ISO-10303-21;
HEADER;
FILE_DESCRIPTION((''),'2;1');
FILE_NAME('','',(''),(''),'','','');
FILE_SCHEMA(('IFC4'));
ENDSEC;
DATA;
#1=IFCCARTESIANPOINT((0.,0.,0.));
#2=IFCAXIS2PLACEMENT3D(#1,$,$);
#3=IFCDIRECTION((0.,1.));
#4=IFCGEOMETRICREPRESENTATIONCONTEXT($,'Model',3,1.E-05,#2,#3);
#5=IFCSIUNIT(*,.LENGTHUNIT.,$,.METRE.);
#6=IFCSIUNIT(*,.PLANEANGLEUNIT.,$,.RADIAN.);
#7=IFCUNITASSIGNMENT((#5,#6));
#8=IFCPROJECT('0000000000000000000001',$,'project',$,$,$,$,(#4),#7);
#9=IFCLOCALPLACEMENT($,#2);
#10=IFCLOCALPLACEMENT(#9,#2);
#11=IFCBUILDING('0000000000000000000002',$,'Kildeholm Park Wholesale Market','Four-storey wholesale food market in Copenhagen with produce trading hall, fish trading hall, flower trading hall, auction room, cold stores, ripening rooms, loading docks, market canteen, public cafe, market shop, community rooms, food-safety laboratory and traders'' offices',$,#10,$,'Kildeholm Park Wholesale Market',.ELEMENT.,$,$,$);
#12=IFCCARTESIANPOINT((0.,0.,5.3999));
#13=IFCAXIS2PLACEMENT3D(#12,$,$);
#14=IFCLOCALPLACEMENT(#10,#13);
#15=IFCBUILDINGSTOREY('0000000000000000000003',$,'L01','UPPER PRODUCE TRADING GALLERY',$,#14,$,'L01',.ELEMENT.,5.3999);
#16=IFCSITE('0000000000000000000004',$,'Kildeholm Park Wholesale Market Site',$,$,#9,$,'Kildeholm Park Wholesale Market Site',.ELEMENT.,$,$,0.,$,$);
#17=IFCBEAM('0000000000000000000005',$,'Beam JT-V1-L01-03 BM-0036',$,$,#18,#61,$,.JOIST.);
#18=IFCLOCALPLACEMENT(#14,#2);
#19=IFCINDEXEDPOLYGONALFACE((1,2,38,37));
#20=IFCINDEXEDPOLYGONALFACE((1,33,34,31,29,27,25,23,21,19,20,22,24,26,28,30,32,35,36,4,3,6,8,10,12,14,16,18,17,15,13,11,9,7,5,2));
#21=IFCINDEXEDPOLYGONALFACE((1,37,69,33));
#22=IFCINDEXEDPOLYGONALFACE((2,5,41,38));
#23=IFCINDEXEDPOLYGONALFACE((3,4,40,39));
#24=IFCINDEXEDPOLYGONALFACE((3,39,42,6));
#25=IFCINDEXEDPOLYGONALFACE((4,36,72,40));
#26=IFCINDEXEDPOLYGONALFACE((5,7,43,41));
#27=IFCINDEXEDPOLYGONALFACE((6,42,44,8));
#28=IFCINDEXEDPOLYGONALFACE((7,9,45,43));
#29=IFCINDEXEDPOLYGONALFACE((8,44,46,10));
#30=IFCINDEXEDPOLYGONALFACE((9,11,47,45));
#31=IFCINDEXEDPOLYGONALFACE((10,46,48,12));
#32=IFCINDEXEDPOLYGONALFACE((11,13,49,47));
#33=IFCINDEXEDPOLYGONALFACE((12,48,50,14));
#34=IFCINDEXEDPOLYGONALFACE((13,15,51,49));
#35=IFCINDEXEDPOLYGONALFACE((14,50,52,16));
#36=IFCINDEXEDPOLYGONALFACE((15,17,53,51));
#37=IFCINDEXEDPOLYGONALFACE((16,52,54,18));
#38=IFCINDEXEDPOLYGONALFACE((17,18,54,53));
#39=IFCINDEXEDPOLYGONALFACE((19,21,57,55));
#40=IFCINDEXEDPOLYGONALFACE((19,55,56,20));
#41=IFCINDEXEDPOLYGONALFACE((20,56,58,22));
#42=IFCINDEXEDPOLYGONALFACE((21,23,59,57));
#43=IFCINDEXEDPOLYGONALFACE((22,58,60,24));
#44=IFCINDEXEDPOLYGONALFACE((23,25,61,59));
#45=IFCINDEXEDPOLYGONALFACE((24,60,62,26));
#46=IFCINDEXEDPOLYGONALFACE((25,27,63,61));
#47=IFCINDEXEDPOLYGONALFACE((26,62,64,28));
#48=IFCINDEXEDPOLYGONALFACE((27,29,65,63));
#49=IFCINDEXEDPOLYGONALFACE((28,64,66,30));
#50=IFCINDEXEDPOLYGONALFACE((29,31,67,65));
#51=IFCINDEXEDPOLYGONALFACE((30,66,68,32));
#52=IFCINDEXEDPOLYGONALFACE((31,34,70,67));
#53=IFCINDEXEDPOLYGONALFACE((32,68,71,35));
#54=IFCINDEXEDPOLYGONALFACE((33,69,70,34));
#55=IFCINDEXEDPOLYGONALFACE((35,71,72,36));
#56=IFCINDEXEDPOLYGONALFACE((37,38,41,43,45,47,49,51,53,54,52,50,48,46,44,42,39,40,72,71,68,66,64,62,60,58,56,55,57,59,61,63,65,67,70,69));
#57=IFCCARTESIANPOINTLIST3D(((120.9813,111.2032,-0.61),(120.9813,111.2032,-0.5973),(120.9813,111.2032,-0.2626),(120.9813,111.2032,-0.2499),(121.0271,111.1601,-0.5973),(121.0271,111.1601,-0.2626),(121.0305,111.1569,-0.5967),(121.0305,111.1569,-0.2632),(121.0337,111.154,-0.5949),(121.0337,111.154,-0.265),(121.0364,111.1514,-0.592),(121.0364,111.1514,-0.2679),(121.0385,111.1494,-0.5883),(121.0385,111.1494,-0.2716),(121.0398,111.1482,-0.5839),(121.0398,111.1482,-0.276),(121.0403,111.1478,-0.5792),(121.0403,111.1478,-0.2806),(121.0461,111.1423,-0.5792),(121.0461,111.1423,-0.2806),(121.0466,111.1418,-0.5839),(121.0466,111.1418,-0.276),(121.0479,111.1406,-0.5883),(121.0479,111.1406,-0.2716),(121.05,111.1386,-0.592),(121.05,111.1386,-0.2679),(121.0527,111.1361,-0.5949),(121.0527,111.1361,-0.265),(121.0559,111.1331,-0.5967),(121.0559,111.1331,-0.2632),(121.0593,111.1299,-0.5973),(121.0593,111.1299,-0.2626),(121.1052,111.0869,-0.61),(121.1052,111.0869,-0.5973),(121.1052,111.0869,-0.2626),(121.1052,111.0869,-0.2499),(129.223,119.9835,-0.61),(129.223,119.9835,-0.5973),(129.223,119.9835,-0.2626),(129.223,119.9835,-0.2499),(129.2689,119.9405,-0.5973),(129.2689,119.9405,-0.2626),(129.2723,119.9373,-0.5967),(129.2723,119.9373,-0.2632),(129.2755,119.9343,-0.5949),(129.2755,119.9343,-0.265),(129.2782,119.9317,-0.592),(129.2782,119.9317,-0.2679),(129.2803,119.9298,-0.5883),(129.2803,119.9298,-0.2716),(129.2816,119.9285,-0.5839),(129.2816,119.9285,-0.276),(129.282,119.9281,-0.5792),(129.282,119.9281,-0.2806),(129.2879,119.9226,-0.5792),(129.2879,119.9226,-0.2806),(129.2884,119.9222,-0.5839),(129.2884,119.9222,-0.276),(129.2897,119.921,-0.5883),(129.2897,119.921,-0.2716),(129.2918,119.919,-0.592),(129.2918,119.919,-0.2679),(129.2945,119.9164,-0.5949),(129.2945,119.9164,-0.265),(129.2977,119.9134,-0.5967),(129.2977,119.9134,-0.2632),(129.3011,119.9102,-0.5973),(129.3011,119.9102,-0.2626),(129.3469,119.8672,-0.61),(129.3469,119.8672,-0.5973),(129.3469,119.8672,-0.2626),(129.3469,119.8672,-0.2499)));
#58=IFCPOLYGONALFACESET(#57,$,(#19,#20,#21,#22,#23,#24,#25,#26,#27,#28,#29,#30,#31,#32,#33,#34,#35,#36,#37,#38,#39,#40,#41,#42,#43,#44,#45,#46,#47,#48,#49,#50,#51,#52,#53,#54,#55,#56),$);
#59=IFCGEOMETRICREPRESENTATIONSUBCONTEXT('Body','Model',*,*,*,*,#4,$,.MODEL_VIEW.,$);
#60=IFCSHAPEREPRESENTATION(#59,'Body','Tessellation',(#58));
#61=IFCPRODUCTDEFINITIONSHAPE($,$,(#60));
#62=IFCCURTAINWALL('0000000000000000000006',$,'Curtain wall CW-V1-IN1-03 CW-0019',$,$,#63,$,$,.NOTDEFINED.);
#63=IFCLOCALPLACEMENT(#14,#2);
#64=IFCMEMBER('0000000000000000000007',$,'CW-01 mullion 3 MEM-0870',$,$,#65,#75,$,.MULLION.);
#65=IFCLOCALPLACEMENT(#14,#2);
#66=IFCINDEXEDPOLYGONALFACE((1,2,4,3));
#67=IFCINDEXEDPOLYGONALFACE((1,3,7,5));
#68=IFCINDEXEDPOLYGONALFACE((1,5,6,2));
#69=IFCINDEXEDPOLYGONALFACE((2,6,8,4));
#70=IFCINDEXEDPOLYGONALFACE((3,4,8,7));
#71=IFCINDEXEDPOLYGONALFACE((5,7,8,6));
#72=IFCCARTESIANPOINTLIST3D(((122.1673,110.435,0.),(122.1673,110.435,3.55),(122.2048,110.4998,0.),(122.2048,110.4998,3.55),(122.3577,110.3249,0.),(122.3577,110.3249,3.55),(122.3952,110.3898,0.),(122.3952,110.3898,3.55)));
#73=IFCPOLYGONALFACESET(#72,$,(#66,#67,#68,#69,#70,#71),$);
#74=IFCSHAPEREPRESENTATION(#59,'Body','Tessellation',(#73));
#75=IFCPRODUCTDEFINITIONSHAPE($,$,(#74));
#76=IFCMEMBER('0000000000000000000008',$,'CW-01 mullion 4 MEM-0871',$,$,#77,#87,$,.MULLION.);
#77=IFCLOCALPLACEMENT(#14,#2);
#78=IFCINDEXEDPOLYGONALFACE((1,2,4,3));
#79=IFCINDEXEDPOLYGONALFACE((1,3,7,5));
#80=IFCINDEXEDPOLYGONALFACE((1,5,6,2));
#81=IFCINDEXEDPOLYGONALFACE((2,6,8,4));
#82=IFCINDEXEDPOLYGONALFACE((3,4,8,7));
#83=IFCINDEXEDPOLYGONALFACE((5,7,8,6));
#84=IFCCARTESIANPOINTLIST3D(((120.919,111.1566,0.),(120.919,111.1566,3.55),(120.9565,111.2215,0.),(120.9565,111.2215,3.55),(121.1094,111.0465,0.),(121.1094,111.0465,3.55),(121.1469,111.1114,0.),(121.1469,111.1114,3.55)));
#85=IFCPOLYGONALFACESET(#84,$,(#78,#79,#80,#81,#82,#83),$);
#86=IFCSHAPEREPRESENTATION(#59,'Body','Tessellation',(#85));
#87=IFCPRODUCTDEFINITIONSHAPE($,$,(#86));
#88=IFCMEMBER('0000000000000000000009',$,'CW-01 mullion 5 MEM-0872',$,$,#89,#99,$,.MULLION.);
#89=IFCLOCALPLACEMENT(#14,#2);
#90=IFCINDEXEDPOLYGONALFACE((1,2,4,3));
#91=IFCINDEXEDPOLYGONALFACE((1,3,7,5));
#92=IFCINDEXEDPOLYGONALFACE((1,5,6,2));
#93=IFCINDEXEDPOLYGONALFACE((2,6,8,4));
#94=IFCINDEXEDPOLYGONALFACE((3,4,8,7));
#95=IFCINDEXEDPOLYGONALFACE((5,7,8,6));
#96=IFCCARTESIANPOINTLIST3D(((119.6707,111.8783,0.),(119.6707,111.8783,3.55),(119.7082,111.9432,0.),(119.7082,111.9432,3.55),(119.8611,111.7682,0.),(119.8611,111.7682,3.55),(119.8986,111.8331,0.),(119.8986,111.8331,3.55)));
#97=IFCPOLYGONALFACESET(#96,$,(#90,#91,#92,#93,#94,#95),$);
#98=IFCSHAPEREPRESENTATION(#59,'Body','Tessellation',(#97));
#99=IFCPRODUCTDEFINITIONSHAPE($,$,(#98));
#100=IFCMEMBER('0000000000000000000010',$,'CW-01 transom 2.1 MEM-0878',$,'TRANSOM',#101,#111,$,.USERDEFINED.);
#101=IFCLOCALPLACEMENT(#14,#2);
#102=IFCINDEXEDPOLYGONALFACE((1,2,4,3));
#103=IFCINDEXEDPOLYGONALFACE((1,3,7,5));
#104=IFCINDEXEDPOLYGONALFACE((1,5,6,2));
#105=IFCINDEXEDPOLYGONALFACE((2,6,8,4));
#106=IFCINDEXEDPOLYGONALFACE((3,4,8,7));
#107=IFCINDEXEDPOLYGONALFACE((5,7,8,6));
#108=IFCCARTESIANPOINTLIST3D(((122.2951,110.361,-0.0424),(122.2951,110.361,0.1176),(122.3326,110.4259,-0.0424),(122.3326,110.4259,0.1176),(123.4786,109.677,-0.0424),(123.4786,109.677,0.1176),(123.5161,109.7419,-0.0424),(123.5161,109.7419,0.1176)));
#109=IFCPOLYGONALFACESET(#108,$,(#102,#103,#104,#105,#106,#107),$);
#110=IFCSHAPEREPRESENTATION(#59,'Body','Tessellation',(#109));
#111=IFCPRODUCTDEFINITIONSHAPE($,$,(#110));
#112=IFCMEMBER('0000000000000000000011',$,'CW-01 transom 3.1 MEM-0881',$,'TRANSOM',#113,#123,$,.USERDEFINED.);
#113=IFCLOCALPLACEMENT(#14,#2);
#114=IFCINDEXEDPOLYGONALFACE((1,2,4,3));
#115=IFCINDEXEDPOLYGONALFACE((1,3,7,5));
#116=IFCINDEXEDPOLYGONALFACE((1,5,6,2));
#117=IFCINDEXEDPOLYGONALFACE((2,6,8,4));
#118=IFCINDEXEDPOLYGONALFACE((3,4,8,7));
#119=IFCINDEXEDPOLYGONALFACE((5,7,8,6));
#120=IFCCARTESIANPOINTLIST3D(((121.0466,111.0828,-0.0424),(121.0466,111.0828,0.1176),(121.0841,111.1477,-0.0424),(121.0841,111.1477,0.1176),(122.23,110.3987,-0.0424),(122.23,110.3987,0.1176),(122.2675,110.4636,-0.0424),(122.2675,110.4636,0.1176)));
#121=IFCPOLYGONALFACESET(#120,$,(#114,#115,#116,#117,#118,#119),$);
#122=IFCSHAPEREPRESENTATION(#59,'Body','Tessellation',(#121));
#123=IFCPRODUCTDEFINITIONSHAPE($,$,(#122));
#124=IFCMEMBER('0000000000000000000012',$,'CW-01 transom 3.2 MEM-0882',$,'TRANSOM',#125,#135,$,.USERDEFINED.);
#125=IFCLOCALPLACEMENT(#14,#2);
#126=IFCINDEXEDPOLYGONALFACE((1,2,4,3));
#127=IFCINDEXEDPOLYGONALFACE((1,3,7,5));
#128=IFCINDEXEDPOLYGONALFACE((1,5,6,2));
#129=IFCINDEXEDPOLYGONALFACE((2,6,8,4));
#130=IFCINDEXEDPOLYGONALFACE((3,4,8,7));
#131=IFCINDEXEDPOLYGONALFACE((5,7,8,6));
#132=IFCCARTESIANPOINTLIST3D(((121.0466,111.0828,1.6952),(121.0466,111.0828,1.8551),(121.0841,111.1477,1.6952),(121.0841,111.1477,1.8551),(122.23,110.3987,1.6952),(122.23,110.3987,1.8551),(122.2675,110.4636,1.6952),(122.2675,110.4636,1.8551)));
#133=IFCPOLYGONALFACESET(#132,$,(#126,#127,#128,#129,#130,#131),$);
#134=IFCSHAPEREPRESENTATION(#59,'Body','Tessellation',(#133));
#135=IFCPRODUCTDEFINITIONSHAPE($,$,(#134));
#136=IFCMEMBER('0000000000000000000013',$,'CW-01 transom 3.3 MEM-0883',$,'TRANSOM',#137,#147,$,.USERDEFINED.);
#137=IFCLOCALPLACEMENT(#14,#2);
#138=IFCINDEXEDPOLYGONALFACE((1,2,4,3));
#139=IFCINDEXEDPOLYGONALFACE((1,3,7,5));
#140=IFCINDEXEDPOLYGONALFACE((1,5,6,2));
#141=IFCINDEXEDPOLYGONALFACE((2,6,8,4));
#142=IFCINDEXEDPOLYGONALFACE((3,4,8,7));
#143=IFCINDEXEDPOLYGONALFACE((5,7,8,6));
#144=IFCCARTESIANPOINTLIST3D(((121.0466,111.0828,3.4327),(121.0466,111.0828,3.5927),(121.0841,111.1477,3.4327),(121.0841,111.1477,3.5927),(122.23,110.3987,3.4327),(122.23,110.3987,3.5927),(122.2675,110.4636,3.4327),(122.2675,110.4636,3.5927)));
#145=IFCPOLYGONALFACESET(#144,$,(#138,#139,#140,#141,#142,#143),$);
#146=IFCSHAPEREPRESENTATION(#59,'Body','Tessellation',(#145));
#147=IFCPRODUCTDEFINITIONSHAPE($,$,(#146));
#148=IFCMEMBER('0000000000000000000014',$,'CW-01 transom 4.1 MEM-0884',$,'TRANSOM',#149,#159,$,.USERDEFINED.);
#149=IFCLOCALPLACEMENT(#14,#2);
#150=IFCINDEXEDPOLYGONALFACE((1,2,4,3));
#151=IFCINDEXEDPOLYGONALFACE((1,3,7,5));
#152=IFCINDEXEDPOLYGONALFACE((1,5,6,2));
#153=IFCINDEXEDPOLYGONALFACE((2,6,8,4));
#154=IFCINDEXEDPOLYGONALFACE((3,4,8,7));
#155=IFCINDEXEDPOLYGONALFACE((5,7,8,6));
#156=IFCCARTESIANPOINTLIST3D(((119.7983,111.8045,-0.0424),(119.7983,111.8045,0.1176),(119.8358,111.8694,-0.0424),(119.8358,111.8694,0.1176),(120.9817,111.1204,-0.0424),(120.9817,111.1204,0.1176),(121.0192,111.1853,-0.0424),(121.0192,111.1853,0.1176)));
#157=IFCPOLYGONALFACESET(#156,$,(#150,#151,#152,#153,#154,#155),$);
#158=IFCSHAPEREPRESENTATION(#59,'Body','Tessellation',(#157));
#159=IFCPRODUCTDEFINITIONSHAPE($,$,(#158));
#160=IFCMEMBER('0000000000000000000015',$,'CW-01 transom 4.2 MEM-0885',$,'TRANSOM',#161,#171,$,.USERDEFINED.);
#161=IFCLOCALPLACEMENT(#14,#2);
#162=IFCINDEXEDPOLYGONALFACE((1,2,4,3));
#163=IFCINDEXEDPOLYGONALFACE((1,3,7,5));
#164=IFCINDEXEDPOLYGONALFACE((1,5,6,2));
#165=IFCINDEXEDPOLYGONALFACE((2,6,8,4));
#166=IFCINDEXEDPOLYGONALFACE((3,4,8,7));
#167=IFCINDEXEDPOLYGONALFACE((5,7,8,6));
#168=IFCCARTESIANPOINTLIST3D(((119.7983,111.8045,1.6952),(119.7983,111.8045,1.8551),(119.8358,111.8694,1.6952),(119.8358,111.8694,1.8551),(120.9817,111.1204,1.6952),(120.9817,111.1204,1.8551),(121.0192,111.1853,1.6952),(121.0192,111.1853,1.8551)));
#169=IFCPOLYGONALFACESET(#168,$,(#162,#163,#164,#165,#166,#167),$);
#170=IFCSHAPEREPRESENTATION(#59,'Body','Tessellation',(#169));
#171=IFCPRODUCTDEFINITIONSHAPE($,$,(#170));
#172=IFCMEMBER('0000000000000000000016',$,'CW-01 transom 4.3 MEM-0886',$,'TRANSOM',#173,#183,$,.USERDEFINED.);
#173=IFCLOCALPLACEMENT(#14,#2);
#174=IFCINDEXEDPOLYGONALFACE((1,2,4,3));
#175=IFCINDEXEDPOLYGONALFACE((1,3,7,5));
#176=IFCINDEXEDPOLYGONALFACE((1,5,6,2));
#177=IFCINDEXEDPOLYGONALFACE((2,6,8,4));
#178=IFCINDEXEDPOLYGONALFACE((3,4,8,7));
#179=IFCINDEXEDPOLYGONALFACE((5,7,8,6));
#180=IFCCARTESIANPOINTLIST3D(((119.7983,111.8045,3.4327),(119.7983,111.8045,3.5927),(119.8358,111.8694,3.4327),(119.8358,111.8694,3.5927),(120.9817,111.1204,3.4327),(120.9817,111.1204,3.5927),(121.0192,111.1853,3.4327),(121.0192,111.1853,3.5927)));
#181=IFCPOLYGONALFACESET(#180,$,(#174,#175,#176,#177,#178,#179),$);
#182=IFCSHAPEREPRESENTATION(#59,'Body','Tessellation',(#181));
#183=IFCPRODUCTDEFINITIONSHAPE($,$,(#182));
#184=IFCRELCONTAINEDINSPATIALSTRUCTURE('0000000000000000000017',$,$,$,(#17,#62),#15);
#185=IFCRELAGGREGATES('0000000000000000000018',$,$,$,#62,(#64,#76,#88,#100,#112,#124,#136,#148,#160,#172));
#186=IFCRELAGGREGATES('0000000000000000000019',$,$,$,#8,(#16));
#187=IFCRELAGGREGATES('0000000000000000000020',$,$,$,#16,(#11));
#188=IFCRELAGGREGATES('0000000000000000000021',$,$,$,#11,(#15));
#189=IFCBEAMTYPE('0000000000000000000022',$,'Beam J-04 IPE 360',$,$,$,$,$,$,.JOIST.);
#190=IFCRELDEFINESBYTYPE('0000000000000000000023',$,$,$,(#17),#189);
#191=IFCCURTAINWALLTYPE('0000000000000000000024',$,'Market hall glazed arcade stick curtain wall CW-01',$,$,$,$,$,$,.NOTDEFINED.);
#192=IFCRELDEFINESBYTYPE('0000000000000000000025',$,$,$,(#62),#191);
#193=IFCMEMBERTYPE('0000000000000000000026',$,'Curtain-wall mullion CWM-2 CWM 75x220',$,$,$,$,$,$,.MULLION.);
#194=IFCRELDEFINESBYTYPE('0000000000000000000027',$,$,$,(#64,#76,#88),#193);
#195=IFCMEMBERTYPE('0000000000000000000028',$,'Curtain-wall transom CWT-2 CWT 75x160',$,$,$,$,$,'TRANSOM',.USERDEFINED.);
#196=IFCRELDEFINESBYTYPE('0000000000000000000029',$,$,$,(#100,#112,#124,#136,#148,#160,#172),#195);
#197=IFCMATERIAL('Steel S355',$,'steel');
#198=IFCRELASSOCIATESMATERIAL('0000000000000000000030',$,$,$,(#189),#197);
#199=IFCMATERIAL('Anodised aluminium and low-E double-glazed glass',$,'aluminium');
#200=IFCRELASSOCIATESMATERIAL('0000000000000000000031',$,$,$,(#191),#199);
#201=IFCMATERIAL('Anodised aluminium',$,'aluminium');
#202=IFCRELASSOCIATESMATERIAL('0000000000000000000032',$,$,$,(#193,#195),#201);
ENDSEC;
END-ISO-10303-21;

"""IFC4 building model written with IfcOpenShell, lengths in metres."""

from ifc_helpers import new_model, si_unit, direction, frame, origin, origin_2d, place, context, subcontext, project, spatial, rectangle, i_section, extrude, material, material_profile, profile_set, type_object, element, aggregate, save


model = new_model("IFC4")

# Units and contexts
model_context = context("Model", 3, precision=1e-05, world=origin(), true_north=direction((0.0, 1.0)))
body_context = subcontext(model_context, "Body", "Model", "MODEL_VIEW")
ifc_project = project(units=[si_unit("LENGTHUNIT", "METRE"), si_unit("PLANEANGLEUNIT", "RADIAN")], contexts=[model_context])

# Site, building, storey
site_placement = place(None, origin())
site = spatial("IfcSite", under=ifc_project, at=site_placement, Name="Kildeholm Park Wholesale Market Site", LongName="Kildeholm Park Wholesale Market Site", CompositionType="ELEMENT", RefElevation=0.0)
building_placement = place(site_placement, origin())
building = spatial("IfcBuilding", under=site, at=building_placement, Name="Kildeholm Park Wholesale Market", Description="Four-storey wholesale food market in Copenhagen with produce trading hall, fish trading hall, flower trading hall, auction room, cold stores, ripening rooms, loading docks, market canteen, public cafe, market shop, community rooms, food-safety laboratory and traders' offices", LongName="Kildeholm Park Wholesale Market", CompositionType="ELEMENT")
storey_placement = place(building_placement, frame((0.0, 0.0, 5.3999)))
storey = spatial("IfcBuildingStorey", under=building, at=storey_placement, Name="L01", Description="UPPER PRODUCE TRADING GALLERY", LongName="L01", CompositionType="ELEMENT", Elevation=5.3999)

# Beam
ifc_material_1 = material(Name="Steel S355", Category="steel")
ifc_material_profile_1 = material_profile(ifc_material_1, i_section(OverallWidth=0.1699, OverallDepth=0.3601, WebThickness=0.0081, FlangeThickness=0.0127, FilletRadius=0.0181, at=origin_2d()), Name="IPE 360")
ifc_profile_set_1 = profile_set([ifc_material_profile_1], Name="Steel S355")
beam_type = type_object("IfcBeamType", Name="Beam J-04 IPE 360", PredefinedType="JOIST", material=ifc_profile_set_1)
beam_placement = place(storey_placement, frame((121.0432, 111.145, -0.4299), z_axis=(0.684391, 0.729115, 0.0), x_axis=(-0.729115, 0.684391, 0.0)))
element("IfcBeam", 1, at=beam_placement, inside=storey, type_object=beam_type, Name="Beam JT-V1-L01-03 BM-0036", PredefinedType="JOIST", context=body_context, shape_type="SweptSolid", body=[
    extrude(i_section(OverallWidth=0.1699, OverallDepth=0.3601, WebThickness=0.0081, FlangeThickness=0.0127, FilletRadius=0.0181, at=origin_2d()), origin(), (0.0, 0.0, 1.0), 12.0425),
])

# Curtain wall, members
ifc_material_2 = material(Name="Anodised aluminium and low-E double-glazed glass", Category="aluminium")
curtain_wall_type = type_object("IfcCurtainWallType", Name="Market hall glazed arcade stick curtain wall CW-01", PredefinedType="NOTDEFINED", material=ifc_material_2)
curtain_wall_placement = place(storey_placement, origin())
curtain_wall = element("IfcCurtainWall", 2, at=curtain_wall_placement, inside=storey, type_object=curtain_wall_type, Name="Curtain wall CW-V1-IN1-03 CW-0019", PredefinedType="NOTDEFINED")
ifc_material_3 = material(Name="Anodised aluminium", Category="aluminium")
ifc_material_profile_2 = material_profile(ifc_material_3, rectangle(XDim=0.075, YDim=0.22, at=origin_2d()), Name="CWM 75x220")
ifc_profile_set_2 = profile_set([ifc_material_profile_2], Name="Anodised aluminium")
member_type_1 = type_object("IfcMemberType", Name="Curtain-wall mullion CWM-2 CWM 75x220", PredefinedType="MULLION", material=ifc_profile_set_2)
member_1_placement = place(storey_placement, frame((122.2812, 110.4124, 0.0), z_axis=(0.0, 0.0, 1.0), x_axis=(-0.500489, -0.865743, 0.0)))
member_1 = element("IfcMember", 3, at=member_1_placement, type_object=member_type_1, Name="CW-01 mullion 3 MEM-0870", PredefinedType="MULLION", context=body_context, shape_type="SweptSolid", body=[
    extrude(rectangle(XDim=0.075, YDim=0.22, at=origin_2d()), origin(), (0.0, 0.0, 1.0), 3.55),
])
member_2_placement = place(storey_placement, frame((121.033, 111.134, 0.0), z_axis=(0.0, 0.0, 1.0), x_axis=(-0.500489, -0.865743, 0.0)))
member_2 = element("IfcMember", 4, at=member_2_placement, type_object=member_type_1, Name="CW-01 mullion 4 MEM-0871", PredefinedType="MULLION", context=body_context, shape_type="SweptSolid", body=[
    extrude(rectangle(XDim=0.075, YDim=0.22, at=origin_2d()), origin(), (0.0, 0.0, 1.0), 3.55),
])
member_3_placement = place(storey_placement, frame((119.7847, 111.8557, 0.0), z_axis=(0.0, 0.0, 1.0), x_axis=(-0.500489, -0.865743, 0.0)))
member_3 = element("IfcMember", 5, at=member_3_placement, type_object=member_type_1, Name="CW-01 mullion 5 MEM-0872", PredefinedType="MULLION", context=body_context, shape_type="SweptSolid", body=[
    extrude(rectangle(XDim=0.075, YDim=0.22, at=origin_2d()), origin(), (0.0, 0.0, 1.0), 3.55),
])
ifc_material_profile_3 = material_profile(ifc_material_3, rectangle(XDim=0.075, YDim=0.1599, at=origin_2d()), Name="CWT 75x160")
ifc_profile_set_3 = profile_set([ifc_material_profile_3], Name="Anodised aluminium")
member_type_2 = type_object("IfcMemberType", Name="Curtain-wall transom CWT-2 CWT 75x160", ElementType="TRANSOM", PredefinedType="USERDEFINED", material=ifc_profile_set_3)
member_4_placement = place(storey_placement, frame((123.4973, 109.7095, 0.0376), z_axis=(-0.865793, 0.500403, 0.0), x_axis=(-0.500403, -0.865793, 0.0)))
member_4 = element("IfcMember", 6, at=member_4_placement, type_object=member_type_2, Name="CW-01 transom 2.1 MEM-0878", ObjectType="TRANSOM", PredefinedType="USERDEFINED", context=body_context, shape_type="SweptSolid", body=[
    extrude(rectangle(XDim=0.075, YDim=0.1599, at=origin_2d()), origin(), (0.0, 0.0, 1.0), 1.3669),
])
member_5_placement = place(storey_placement, frame((122.2488, 110.4312, 0.0376), z_axis=(-0.865748, 0.50048, 0.0), x_axis=(-0.50048, -0.865748, 0.0)))
member_5 = element("IfcMember", 7, at=member_5_placement, type_object=member_type_2, Name="CW-01 transom 3.1 MEM-0881", ObjectType="TRANSOM", PredefinedType="USERDEFINED", context=body_context, shape_type="SweptSolid", body=[
    extrude(rectangle(XDim=0.075, YDim=0.1599, at=origin_2d()), origin(), (0.0, 0.0, 1.0), 1.3669),
])
member_6_placement = place(storey_placement, frame((122.2488, 110.4312, 1.7751), z_axis=(-0.865748, 0.50048, 0.0), x_axis=(-0.50048, -0.865748, 0.0)))
member_6 = element("IfcMember", 8, at=member_6_placement, type_object=member_type_2, Name="CW-01 transom 3.2 MEM-0882", ObjectType="TRANSOM", PredefinedType="USERDEFINED", context=body_context, shape_type="SweptSolid", body=[
    extrude(rectangle(XDim=0.075, YDim=0.1599, at=origin_2d()), origin(), (0.0, 0.0, 1.0), 1.3669),
])
member_7_placement = place(storey_placement, frame((122.2488, 110.4312, 3.5127), z_axis=(-0.865748, 0.50048, 0.0), x_axis=(-0.50048, -0.865748, 0.0)))
member_7 = element("IfcMember", 9, at=member_7_placement, type_object=member_type_2, Name="CW-01 transom 3.3 MEM-0883", ObjectType="TRANSOM", PredefinedType="USERDEFINED", context=body_context, shape_type="SweptSolid", body=[
    extrude(rectangle(XDim=0.075, YDim=0.1599, at=origin_2d()), origin(), (0.0, 0.0, 1.0), 1.3669),
])
member_8_placement = place(storey_placement, frame((121.0005, 111.1528, 0.0376), z_axis=(-0.865748, 0.50048, 0.0), x_axis=(-0.50048, -0.865748, 0.0)))
member_8 = element("IfcMember", 10, at=member_8_placement, type_object=member_type_2, Name="CW-01 transom 4.1 MEM-0884", ObjectType="TRANSOM", PredefinedType="USERDEFINED", context=body_context, shape_type="SweptSolid", body=[
    extrude(rectangle(XDim=0.075, YDim=0.1599, at=origin_2d()), origin(), (0.0, 0.0, 1.0), 1.3669),
])
member_9_placement = place(storey_placement, frame((121.0005, 111.1528, 1.7751), z_axis=(-0.865748, 0.50048, 0.0), x_axis=(-0.50048, -0.865748, 0.0)))
member_9 = element("IfcMember", 11, at=member_9_placement, type_object=member_type_2, Name="CW-01 transom 4.2 MEM-0885", ObjectType="TRANSOM", PredefinedType="USERDEFINED", context=body_context, shape_type="SweptSolid", body=[
    extrude(rectangle(XDim=0.075, YDim=0.1599, at=origin_2d()), origin(), (0.0, 0.0, 1.0), 1.3669),
])
member_10_placement = place(storey_placement, frame((121.0005, 111.1528, 3.5127), z_axis=(-0.865748, 0.50048, 0.0), x_axis=(-0.50048, -0.865748, 0.0)))
member_10 = element("IfcMember", 12, at=member_10_placement, type_object=member_type_2, Name="CW-01 transom 4.3 MEM-0886", ObjectType="TRANSOM", PredefinedType="USERDEFINED", context=body_context, shape_type="SweptSolid", body=[
    extrude(rectangle(XDim=0.075, YDim=0.1599, at=origin_2d()), origin(), (0.0, 0.0, 1.0), 1.3669),
])
aggregate(curtain_wall, [member_1, member_2, member_3, member_4, member_5, member_6, member_7, member_8, member_9, member_10])

save(model, "model.ifc")
